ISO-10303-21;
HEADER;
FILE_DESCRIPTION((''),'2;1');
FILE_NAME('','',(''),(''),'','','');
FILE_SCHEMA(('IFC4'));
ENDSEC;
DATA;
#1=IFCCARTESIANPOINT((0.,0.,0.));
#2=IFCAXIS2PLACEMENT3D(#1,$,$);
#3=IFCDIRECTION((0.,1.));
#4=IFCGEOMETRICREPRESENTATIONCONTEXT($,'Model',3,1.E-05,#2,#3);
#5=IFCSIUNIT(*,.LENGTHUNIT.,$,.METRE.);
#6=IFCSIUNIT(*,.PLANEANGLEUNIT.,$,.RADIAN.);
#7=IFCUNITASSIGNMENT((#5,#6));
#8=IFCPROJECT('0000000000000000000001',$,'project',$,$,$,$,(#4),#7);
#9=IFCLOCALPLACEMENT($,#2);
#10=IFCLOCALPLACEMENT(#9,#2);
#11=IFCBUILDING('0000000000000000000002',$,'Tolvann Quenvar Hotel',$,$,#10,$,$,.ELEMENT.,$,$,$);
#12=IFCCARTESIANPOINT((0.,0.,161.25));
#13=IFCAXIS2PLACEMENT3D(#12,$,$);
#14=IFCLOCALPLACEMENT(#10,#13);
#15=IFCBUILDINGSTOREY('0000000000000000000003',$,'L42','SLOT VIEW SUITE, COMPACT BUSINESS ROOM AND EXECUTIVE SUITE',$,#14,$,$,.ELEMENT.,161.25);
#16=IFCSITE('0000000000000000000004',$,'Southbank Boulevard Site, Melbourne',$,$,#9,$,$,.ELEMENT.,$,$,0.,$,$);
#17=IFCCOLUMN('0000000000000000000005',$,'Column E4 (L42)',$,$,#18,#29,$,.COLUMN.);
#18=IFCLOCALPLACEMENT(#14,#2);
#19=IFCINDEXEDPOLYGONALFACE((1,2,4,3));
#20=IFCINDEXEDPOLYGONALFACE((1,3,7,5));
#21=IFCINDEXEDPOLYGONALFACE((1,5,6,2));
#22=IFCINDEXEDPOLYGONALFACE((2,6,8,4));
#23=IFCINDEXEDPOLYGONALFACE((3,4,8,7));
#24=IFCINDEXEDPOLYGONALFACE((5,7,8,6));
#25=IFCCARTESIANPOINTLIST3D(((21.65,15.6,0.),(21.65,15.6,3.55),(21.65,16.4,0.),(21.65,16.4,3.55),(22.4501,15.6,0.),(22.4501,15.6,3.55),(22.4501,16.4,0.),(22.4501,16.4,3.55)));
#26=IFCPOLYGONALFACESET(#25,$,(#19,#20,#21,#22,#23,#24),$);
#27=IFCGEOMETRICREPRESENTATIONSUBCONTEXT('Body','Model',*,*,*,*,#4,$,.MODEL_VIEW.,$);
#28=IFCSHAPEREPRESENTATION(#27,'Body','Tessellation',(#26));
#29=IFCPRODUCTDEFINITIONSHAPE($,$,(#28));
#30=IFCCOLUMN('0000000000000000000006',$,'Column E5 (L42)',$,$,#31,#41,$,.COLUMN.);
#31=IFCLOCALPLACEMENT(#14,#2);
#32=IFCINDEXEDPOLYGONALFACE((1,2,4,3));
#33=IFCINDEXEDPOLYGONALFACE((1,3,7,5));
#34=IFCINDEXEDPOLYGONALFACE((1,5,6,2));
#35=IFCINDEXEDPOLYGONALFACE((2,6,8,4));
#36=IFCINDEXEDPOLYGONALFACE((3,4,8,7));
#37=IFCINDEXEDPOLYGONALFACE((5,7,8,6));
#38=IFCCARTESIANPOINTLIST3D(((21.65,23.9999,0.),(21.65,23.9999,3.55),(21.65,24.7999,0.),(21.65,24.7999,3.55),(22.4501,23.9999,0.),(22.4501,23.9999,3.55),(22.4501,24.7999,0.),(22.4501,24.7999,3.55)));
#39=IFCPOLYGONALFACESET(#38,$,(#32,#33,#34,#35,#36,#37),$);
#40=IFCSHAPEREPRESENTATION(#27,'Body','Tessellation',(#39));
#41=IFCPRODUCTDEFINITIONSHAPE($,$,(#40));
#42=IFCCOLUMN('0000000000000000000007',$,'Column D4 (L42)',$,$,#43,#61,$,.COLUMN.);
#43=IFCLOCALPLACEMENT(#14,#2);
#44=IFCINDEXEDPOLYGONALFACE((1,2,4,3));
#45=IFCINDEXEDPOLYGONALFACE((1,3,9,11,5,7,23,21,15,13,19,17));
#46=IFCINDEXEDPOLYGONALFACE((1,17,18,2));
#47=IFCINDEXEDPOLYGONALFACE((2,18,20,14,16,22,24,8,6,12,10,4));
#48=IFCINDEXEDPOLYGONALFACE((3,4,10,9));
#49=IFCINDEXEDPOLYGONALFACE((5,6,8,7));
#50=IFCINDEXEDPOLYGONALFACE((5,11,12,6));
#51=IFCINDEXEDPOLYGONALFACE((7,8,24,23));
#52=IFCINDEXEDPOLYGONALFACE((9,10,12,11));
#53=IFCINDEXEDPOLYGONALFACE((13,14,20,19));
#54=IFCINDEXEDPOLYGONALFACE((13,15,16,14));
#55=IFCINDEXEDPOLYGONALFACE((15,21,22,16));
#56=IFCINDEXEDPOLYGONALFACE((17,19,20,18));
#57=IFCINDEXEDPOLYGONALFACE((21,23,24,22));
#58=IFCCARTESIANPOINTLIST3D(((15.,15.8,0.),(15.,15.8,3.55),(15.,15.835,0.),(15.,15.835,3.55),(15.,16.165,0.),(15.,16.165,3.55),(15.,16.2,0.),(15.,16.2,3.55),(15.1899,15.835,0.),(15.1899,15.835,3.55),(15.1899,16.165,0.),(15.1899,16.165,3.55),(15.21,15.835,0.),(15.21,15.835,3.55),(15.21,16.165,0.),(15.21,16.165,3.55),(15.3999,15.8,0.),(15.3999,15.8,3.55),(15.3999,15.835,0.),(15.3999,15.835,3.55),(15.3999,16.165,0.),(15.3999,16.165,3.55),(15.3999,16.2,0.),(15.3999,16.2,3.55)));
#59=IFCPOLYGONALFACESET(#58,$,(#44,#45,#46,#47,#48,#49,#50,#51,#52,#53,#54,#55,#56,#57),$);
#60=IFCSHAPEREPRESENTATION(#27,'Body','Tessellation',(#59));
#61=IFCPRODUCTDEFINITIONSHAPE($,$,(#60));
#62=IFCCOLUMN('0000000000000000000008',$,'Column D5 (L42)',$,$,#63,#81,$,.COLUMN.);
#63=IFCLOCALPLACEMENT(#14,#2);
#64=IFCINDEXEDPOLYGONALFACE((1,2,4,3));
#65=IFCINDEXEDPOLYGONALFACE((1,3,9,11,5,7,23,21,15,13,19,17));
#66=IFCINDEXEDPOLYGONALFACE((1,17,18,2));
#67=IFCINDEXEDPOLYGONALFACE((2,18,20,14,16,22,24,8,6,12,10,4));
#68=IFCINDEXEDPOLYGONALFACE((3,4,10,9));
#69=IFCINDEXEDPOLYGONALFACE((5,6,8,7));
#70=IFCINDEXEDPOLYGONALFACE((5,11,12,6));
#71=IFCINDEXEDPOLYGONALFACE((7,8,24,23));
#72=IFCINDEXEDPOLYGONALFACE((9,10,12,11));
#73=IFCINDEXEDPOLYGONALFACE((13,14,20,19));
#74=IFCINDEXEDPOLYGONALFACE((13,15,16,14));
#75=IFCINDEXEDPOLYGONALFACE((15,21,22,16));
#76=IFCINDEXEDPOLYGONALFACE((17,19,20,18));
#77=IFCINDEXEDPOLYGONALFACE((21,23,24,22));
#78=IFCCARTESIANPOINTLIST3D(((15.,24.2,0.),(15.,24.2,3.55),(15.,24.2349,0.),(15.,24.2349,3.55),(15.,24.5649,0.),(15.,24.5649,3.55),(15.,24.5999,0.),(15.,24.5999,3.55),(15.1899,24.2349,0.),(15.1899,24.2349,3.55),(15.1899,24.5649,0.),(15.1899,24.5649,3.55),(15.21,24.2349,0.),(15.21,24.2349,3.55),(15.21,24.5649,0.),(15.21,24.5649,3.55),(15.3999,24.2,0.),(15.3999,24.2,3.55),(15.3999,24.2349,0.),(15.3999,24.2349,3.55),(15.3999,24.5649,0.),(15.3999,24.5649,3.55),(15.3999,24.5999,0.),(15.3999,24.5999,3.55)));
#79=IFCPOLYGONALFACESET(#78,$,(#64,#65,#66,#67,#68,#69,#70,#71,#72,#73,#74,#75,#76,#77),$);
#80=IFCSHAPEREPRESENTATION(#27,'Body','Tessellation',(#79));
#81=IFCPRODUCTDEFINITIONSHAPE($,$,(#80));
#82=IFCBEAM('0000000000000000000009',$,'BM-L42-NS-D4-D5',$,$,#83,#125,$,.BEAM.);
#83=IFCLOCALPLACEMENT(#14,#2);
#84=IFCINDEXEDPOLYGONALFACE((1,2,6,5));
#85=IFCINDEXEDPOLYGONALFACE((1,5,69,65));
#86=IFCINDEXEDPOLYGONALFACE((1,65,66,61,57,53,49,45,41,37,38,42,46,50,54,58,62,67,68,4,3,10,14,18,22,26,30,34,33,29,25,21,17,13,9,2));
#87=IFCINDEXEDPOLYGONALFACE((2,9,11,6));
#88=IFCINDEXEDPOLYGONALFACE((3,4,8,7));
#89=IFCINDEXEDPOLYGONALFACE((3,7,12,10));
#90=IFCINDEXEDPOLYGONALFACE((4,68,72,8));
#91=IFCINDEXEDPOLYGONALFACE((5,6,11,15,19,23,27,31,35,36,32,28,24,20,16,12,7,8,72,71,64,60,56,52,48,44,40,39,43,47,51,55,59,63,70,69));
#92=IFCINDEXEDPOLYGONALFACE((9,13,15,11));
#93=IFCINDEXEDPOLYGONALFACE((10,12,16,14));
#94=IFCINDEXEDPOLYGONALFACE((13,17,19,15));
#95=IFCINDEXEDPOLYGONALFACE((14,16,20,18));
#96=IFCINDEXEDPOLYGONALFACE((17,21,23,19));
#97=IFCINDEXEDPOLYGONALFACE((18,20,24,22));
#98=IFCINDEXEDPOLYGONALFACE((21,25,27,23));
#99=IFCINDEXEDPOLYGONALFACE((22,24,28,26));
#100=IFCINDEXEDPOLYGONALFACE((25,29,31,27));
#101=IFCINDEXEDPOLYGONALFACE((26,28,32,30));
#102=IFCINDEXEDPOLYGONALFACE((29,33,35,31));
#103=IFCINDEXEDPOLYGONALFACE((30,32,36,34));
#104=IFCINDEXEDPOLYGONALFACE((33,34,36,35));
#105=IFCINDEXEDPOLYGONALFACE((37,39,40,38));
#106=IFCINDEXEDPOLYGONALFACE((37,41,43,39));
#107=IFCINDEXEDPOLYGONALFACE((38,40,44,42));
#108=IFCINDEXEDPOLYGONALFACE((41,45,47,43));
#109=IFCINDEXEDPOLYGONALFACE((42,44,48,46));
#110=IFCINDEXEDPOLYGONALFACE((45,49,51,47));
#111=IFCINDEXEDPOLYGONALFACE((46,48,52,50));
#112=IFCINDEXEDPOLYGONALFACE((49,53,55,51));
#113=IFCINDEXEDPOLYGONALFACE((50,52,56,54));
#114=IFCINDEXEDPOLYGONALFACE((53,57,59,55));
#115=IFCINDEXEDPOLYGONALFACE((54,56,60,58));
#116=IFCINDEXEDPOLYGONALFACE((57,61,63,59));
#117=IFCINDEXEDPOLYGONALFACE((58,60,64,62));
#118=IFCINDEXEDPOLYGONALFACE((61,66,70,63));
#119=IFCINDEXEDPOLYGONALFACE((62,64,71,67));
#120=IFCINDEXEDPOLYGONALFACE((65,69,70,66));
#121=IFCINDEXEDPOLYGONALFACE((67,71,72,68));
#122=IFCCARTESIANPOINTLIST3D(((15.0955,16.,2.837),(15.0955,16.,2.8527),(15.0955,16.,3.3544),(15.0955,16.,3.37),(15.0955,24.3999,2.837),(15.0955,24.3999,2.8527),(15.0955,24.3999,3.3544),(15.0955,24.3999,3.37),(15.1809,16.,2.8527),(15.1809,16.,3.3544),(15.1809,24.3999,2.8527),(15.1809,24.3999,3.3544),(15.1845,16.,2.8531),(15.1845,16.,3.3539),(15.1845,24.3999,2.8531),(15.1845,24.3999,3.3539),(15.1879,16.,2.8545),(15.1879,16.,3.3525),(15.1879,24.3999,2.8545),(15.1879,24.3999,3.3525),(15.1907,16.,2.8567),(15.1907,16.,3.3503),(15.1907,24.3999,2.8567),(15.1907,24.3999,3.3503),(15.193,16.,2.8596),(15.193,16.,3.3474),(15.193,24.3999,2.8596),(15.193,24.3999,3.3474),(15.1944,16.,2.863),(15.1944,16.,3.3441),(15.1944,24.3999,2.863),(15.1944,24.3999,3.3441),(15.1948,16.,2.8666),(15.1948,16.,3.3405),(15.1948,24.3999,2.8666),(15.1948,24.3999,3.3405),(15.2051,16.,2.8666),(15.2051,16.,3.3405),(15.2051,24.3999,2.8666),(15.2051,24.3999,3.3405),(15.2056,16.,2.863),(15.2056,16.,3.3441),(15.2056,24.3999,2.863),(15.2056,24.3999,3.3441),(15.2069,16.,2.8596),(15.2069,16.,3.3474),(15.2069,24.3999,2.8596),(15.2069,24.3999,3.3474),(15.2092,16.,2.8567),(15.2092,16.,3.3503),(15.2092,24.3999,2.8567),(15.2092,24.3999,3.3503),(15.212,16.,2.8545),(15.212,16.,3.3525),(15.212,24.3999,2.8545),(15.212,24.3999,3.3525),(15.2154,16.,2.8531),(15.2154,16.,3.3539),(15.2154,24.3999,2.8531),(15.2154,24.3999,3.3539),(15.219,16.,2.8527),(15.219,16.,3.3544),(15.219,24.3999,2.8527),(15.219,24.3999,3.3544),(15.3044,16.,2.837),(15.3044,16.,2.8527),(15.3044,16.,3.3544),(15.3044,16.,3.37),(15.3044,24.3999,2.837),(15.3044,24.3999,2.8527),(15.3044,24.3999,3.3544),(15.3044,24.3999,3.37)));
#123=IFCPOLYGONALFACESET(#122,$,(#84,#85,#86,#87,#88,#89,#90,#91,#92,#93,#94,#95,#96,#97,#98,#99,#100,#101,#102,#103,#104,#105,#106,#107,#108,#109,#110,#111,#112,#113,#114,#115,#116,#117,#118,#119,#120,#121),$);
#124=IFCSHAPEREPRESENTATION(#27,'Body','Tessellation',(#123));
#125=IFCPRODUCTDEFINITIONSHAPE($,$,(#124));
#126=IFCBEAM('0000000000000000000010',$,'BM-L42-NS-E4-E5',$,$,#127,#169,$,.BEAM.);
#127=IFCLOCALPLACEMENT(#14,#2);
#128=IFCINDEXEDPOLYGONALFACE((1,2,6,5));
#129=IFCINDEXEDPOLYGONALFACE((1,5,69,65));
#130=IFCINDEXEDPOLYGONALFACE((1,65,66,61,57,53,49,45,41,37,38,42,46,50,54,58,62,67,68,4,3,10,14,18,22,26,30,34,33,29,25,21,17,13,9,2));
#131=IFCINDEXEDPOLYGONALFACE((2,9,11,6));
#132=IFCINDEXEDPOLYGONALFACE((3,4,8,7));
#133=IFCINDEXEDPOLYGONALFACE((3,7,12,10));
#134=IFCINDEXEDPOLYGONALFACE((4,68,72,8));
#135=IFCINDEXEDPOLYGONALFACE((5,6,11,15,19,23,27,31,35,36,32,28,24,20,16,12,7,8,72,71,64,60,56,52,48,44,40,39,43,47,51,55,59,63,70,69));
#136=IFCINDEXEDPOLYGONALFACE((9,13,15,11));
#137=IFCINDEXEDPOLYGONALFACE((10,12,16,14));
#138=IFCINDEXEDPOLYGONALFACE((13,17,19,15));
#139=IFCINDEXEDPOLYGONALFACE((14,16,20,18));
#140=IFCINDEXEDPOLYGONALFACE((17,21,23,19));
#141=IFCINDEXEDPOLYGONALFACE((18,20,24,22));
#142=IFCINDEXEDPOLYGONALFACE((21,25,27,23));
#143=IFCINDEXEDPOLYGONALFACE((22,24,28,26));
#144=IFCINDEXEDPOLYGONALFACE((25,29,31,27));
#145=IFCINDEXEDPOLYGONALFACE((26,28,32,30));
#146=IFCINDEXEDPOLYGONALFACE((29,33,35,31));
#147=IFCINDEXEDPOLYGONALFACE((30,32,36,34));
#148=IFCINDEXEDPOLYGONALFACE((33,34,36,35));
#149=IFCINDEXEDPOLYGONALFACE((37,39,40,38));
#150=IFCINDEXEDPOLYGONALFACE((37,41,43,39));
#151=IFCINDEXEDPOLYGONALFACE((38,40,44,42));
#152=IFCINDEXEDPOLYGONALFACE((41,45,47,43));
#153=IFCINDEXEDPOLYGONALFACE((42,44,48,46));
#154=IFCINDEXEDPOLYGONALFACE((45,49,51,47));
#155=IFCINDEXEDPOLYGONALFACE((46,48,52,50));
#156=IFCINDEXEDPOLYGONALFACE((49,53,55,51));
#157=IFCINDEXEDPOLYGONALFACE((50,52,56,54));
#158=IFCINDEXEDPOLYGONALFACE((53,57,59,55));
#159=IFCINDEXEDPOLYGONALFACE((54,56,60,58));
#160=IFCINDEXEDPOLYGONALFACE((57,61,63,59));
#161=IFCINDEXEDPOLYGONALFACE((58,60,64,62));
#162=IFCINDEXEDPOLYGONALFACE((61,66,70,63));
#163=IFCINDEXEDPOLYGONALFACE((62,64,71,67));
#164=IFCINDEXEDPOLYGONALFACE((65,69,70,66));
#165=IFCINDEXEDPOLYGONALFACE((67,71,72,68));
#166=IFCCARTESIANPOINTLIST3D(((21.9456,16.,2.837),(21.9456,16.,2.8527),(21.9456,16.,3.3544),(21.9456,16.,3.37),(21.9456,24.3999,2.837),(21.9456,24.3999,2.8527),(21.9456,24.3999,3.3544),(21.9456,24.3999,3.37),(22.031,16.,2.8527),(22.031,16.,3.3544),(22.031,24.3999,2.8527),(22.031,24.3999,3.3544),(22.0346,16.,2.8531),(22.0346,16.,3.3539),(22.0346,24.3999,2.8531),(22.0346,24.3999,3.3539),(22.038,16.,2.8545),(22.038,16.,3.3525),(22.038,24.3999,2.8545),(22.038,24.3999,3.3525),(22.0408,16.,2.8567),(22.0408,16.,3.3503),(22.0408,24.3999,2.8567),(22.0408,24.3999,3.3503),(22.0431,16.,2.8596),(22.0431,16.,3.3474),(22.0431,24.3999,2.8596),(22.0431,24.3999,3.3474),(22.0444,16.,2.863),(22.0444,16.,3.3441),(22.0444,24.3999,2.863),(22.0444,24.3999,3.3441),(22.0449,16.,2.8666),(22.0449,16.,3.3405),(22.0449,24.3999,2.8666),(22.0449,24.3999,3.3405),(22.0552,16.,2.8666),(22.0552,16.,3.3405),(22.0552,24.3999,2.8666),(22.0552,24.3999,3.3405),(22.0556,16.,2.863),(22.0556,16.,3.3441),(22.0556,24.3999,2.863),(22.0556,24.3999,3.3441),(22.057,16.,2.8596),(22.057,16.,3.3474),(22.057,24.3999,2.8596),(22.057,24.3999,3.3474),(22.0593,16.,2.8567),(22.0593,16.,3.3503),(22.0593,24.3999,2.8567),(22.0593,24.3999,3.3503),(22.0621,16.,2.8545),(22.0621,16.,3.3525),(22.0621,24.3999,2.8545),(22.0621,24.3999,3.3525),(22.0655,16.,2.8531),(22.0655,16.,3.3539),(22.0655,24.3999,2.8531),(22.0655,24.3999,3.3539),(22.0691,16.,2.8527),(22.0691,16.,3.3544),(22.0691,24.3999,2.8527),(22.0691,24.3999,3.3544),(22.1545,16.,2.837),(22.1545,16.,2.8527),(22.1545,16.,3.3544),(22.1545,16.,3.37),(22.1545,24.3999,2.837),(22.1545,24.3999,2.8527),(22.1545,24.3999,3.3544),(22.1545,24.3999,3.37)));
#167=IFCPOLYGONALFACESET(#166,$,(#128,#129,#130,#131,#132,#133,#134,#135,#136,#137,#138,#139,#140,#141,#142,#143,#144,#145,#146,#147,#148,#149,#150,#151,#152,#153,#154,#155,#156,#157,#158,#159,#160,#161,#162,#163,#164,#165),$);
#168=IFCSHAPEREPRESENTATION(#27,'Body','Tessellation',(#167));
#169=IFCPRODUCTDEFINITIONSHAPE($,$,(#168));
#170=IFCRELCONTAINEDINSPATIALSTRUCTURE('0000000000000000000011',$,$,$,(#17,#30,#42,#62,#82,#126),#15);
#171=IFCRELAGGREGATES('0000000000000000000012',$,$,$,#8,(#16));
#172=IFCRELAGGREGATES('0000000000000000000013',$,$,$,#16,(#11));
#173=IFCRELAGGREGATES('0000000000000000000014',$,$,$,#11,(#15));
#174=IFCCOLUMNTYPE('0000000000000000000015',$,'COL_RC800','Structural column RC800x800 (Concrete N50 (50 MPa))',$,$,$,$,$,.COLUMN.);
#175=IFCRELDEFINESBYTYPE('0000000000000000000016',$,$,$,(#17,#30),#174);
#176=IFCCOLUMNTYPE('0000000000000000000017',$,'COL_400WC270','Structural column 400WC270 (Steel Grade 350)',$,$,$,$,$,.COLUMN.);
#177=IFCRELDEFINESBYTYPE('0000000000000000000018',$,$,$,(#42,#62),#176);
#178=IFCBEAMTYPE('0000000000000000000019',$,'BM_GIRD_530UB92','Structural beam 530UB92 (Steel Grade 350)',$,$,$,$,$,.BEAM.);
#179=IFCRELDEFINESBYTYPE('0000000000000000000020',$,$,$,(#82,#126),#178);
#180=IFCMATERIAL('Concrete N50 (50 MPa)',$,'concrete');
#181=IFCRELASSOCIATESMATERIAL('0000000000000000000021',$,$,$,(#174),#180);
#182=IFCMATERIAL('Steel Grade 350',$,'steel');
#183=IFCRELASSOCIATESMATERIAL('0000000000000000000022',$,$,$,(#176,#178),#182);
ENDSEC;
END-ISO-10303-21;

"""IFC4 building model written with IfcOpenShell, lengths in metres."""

from ifc_helpers import new_model, si_unit, direction, frame, origin, origin_2d, place, context, subcontext, project, spatial, rectangle, i_section, extrude, source, transform, mapped, material, material_profile, profile_set, type_object, type_shapes, element, save


model = new_model("IFC4")

# Units and contexts
model_context = context("Model", 3, precision=1e-05, world=origin(), true_north=direction((0.0, 1.0)))
body_context = subcontext(model_context, "Body", "Model", "MODEL_VIEW")
ifc_project = project(units=[si_unit("LENGTHUNIT", "METRE"), si_unit("PLANEANGLEUNIT", "RADIAN")], contexts=[model_context])

# Site, building, storey
site_placement = place(None, origin())
site = spatial("IfcSite", under=ifc_project, at=site_placement, Name="Southbank Boulevard Site, Melbourne", CompositionType="ELEMENT", RefElevation=0.0)
building_placement = place(site_placement, origin())
building = spatial("IfcBuilding", under=site, at=building_placement, Name="Tolvann Quenvar Hotel", CompositionType="ELEMENT")
storey_placement = place(building_placement, frame((0.0, 0.0, 161.25)))
storey = spatial("IfcBuildingStorey", under=building, at=storey_placement, Name="L42", Description="SLOT VIEW SUITE, COMPACT BUSINESS ROOM AND EXECUTIVE SUITE", CompositionType="ELEMENT", Elevation=161.25)

# Columns
ifc_material_1 = material(Name="Concrete N50 (50 MPa)", Category="concrete")
ifc_material_profile_1 = material_profile(ifc_material_1, rectangle(XDim=0.8, YDim=0.8, at=origin_2d()), Name="RC800x800")
ifc_profile_set_1 = profile_set([ifc_material_profile_1], Name="Concrete N50 (50 MPa)")
column_type_1 = type_object("IfcColumnType", Name="COL_RC800", Description="Structural column RC800x800 (Concrete N50 (50 MPa))", PredefinedType="COLUMN", material=ifc_profile_set_1)
shared_shape_1 = source(origin(), body_context, "Body", "SweptSolid", [
    extrude(rectangle(XDim=0.8, YDim=0.8, at=origin_2d()), origin(), (0.0, 0.0, 1.0), 3.55),
])
type_shapes(column_type_1, [shared_shape_1])
for number, where, z_axis, x_axis, name in (
    (1, (22.05, 16.0, 0.0), (0.0, 0.0, 1.0), (1.0, 0.0, 0.0), "Column E4 (L42)"),
    (2, (22.05, 24.3999, 0.0), (0.0, 0.0, 1.0), (1.0, 0.0, 0.0), "Column E5 (L42)"),
):
    element("IfcColumn", number, at=place(storey_placement, frame(where, z_axis=z_axis, x_axis=x_axis)), inside=storey, type_object=column_type_1, Name=name, PredefinedType="COLUMN", context=body_context, shape_type="MappedRepresentation", body=[
        mapped(shared_shape_1, transform((0.0, 0.0, 0.0), x_axis=(1.0, 0.0, 0.0), y_axis=(0.0, 1.0, 0.0), z_axis=(0.0, 0.0, 1.0), scale=1.0)),
    ])
ifc_material_2 = material(Name="Steel Grade 350", Category="steel")
ifc_material_profile_2 = material_profile(ifc_material_2, i_section(OverallWidth=0.3999, OverallDepth=0.3999, WebThickness=0.02, FlangeThickness=0.0349, at=origin_2d()), Name="400WC270")
ifc_profile_set_2 = profile_set([ifc_material_profile_2], Name="Steel Grade 350")
column_type_2 = type_object("IfcColumnType", Name="COL_400WC270", Description="Structural column 400WC270 (Steel Grade 350)", PredefinedType="COLUMN", material=ifc_profile_set_2)
shared_shape_2 = source(origin(), body_context, "Body", "SweptSolid", [
    extrude(i_section(OverallWidth=0.3999, OverallDepth=0.3999, WebThickness=0.02, FlangeThickness=0.0349, at=origin_2d()), origin(), (0.0, 0.0, 1.0), 3.55),
])
type_shapes(column_type_2, [shared_shape_2])
for number, where, z_axis, x_axis, name in (
    (3, (15.2, 16.0, 0.0), (0.0, 0.0, 1.0), (1.0, 0.0, 0.0), "Column D4 (L42)"),
    (4, (15.2, 24.3999, 0.0), (0.0, 0.0, 1.0), (1.0, 0.0, 0.0), "Column D5 (L42)"),
):
    element("IfcColumn", number, at=place(storey_placement, frame(where, z_axis=z_axis, x_axis=x_axis)), inside=storey, type_object=column_type_2, Name=name, PredefinedType="COLUMN", context=body_context, shape_type="MappedRepresentation", body=[
        mapped(shared_shape_2, transform((0.0, 0.0, 0.0), x_axis=(1.0, 0.0, 0.0), y_axis=(0.0, 1.0, 0.0), z_axis=(0.0, 0.0, 1.0), scale=1.0)),
    ])

# Beams
ifc_material_profile_3 = material_profile(ifc_material_2, i_section(OverallWidth=0.209, OverallDepth=0.533, WebThickness=0.0103, FlangeThickness=0.0156, FilletRadius=0.0139, at=origin_2d()), Name="530UB92")
ifc_profile_set_3 = profile_set([ifc_material_profile_3], Name="Steel Grade 350")
beam_type_1 = type_object("IfcBeamType", Name="BM_GIRD_530UB92", Description="Structural beam 530UB92 (Steel Grade 350)", PredefinedType="BEAM", material=ifc_profile_set_3)
shared_shape_3 = source(origin(), body_context, "Body", "SweptSolid", [
    extrude(i_section(OverallWidth=0.209, OverallDepth=0.533, WebThickness=0.0103, FlangeThickness=0.0156, FilletRadius=0.0139, at=origin_2d()), origin(), (0.0, 0.0, 1.0), 8.3999),
])
type_shapes(beam_type_1, [shared_shape_3])
for number, where, z_axis, x_axis, name in (
    (5, (15.2, 16.0, 3.1035), (0.0, 1.0, 0.0), (-1.0, 0.0, 0.0), "BM-L42-NS-D4-D5"),
    (6, (22.05, 16.0, 3.1035), (0.0, 1.0, 0.0), (-1.0, 0.0, 0.0), "BM-L42-NS-E4-E5"),
):
    element("IfcBeam", number, at=place(storey_placement, frame(where, z_axis=z_axis, x_axis=x_axis)), inside=storey, type_object=beam_type_1, Name=name, PredefinedType="BEAM", context=body_context, shape_type="MappedRepresentation", body=[
        mapped(shared_shape_3, transform((0.0, 0.0, 0.0), x_axis=(1.0, 0.0, 0.0), y_axis=(0.0, 1.0, 0.0), z_axis=(0.0, 0.0, 1.0), scale=1.0)),
    ])

save(model, "model.ifc")
